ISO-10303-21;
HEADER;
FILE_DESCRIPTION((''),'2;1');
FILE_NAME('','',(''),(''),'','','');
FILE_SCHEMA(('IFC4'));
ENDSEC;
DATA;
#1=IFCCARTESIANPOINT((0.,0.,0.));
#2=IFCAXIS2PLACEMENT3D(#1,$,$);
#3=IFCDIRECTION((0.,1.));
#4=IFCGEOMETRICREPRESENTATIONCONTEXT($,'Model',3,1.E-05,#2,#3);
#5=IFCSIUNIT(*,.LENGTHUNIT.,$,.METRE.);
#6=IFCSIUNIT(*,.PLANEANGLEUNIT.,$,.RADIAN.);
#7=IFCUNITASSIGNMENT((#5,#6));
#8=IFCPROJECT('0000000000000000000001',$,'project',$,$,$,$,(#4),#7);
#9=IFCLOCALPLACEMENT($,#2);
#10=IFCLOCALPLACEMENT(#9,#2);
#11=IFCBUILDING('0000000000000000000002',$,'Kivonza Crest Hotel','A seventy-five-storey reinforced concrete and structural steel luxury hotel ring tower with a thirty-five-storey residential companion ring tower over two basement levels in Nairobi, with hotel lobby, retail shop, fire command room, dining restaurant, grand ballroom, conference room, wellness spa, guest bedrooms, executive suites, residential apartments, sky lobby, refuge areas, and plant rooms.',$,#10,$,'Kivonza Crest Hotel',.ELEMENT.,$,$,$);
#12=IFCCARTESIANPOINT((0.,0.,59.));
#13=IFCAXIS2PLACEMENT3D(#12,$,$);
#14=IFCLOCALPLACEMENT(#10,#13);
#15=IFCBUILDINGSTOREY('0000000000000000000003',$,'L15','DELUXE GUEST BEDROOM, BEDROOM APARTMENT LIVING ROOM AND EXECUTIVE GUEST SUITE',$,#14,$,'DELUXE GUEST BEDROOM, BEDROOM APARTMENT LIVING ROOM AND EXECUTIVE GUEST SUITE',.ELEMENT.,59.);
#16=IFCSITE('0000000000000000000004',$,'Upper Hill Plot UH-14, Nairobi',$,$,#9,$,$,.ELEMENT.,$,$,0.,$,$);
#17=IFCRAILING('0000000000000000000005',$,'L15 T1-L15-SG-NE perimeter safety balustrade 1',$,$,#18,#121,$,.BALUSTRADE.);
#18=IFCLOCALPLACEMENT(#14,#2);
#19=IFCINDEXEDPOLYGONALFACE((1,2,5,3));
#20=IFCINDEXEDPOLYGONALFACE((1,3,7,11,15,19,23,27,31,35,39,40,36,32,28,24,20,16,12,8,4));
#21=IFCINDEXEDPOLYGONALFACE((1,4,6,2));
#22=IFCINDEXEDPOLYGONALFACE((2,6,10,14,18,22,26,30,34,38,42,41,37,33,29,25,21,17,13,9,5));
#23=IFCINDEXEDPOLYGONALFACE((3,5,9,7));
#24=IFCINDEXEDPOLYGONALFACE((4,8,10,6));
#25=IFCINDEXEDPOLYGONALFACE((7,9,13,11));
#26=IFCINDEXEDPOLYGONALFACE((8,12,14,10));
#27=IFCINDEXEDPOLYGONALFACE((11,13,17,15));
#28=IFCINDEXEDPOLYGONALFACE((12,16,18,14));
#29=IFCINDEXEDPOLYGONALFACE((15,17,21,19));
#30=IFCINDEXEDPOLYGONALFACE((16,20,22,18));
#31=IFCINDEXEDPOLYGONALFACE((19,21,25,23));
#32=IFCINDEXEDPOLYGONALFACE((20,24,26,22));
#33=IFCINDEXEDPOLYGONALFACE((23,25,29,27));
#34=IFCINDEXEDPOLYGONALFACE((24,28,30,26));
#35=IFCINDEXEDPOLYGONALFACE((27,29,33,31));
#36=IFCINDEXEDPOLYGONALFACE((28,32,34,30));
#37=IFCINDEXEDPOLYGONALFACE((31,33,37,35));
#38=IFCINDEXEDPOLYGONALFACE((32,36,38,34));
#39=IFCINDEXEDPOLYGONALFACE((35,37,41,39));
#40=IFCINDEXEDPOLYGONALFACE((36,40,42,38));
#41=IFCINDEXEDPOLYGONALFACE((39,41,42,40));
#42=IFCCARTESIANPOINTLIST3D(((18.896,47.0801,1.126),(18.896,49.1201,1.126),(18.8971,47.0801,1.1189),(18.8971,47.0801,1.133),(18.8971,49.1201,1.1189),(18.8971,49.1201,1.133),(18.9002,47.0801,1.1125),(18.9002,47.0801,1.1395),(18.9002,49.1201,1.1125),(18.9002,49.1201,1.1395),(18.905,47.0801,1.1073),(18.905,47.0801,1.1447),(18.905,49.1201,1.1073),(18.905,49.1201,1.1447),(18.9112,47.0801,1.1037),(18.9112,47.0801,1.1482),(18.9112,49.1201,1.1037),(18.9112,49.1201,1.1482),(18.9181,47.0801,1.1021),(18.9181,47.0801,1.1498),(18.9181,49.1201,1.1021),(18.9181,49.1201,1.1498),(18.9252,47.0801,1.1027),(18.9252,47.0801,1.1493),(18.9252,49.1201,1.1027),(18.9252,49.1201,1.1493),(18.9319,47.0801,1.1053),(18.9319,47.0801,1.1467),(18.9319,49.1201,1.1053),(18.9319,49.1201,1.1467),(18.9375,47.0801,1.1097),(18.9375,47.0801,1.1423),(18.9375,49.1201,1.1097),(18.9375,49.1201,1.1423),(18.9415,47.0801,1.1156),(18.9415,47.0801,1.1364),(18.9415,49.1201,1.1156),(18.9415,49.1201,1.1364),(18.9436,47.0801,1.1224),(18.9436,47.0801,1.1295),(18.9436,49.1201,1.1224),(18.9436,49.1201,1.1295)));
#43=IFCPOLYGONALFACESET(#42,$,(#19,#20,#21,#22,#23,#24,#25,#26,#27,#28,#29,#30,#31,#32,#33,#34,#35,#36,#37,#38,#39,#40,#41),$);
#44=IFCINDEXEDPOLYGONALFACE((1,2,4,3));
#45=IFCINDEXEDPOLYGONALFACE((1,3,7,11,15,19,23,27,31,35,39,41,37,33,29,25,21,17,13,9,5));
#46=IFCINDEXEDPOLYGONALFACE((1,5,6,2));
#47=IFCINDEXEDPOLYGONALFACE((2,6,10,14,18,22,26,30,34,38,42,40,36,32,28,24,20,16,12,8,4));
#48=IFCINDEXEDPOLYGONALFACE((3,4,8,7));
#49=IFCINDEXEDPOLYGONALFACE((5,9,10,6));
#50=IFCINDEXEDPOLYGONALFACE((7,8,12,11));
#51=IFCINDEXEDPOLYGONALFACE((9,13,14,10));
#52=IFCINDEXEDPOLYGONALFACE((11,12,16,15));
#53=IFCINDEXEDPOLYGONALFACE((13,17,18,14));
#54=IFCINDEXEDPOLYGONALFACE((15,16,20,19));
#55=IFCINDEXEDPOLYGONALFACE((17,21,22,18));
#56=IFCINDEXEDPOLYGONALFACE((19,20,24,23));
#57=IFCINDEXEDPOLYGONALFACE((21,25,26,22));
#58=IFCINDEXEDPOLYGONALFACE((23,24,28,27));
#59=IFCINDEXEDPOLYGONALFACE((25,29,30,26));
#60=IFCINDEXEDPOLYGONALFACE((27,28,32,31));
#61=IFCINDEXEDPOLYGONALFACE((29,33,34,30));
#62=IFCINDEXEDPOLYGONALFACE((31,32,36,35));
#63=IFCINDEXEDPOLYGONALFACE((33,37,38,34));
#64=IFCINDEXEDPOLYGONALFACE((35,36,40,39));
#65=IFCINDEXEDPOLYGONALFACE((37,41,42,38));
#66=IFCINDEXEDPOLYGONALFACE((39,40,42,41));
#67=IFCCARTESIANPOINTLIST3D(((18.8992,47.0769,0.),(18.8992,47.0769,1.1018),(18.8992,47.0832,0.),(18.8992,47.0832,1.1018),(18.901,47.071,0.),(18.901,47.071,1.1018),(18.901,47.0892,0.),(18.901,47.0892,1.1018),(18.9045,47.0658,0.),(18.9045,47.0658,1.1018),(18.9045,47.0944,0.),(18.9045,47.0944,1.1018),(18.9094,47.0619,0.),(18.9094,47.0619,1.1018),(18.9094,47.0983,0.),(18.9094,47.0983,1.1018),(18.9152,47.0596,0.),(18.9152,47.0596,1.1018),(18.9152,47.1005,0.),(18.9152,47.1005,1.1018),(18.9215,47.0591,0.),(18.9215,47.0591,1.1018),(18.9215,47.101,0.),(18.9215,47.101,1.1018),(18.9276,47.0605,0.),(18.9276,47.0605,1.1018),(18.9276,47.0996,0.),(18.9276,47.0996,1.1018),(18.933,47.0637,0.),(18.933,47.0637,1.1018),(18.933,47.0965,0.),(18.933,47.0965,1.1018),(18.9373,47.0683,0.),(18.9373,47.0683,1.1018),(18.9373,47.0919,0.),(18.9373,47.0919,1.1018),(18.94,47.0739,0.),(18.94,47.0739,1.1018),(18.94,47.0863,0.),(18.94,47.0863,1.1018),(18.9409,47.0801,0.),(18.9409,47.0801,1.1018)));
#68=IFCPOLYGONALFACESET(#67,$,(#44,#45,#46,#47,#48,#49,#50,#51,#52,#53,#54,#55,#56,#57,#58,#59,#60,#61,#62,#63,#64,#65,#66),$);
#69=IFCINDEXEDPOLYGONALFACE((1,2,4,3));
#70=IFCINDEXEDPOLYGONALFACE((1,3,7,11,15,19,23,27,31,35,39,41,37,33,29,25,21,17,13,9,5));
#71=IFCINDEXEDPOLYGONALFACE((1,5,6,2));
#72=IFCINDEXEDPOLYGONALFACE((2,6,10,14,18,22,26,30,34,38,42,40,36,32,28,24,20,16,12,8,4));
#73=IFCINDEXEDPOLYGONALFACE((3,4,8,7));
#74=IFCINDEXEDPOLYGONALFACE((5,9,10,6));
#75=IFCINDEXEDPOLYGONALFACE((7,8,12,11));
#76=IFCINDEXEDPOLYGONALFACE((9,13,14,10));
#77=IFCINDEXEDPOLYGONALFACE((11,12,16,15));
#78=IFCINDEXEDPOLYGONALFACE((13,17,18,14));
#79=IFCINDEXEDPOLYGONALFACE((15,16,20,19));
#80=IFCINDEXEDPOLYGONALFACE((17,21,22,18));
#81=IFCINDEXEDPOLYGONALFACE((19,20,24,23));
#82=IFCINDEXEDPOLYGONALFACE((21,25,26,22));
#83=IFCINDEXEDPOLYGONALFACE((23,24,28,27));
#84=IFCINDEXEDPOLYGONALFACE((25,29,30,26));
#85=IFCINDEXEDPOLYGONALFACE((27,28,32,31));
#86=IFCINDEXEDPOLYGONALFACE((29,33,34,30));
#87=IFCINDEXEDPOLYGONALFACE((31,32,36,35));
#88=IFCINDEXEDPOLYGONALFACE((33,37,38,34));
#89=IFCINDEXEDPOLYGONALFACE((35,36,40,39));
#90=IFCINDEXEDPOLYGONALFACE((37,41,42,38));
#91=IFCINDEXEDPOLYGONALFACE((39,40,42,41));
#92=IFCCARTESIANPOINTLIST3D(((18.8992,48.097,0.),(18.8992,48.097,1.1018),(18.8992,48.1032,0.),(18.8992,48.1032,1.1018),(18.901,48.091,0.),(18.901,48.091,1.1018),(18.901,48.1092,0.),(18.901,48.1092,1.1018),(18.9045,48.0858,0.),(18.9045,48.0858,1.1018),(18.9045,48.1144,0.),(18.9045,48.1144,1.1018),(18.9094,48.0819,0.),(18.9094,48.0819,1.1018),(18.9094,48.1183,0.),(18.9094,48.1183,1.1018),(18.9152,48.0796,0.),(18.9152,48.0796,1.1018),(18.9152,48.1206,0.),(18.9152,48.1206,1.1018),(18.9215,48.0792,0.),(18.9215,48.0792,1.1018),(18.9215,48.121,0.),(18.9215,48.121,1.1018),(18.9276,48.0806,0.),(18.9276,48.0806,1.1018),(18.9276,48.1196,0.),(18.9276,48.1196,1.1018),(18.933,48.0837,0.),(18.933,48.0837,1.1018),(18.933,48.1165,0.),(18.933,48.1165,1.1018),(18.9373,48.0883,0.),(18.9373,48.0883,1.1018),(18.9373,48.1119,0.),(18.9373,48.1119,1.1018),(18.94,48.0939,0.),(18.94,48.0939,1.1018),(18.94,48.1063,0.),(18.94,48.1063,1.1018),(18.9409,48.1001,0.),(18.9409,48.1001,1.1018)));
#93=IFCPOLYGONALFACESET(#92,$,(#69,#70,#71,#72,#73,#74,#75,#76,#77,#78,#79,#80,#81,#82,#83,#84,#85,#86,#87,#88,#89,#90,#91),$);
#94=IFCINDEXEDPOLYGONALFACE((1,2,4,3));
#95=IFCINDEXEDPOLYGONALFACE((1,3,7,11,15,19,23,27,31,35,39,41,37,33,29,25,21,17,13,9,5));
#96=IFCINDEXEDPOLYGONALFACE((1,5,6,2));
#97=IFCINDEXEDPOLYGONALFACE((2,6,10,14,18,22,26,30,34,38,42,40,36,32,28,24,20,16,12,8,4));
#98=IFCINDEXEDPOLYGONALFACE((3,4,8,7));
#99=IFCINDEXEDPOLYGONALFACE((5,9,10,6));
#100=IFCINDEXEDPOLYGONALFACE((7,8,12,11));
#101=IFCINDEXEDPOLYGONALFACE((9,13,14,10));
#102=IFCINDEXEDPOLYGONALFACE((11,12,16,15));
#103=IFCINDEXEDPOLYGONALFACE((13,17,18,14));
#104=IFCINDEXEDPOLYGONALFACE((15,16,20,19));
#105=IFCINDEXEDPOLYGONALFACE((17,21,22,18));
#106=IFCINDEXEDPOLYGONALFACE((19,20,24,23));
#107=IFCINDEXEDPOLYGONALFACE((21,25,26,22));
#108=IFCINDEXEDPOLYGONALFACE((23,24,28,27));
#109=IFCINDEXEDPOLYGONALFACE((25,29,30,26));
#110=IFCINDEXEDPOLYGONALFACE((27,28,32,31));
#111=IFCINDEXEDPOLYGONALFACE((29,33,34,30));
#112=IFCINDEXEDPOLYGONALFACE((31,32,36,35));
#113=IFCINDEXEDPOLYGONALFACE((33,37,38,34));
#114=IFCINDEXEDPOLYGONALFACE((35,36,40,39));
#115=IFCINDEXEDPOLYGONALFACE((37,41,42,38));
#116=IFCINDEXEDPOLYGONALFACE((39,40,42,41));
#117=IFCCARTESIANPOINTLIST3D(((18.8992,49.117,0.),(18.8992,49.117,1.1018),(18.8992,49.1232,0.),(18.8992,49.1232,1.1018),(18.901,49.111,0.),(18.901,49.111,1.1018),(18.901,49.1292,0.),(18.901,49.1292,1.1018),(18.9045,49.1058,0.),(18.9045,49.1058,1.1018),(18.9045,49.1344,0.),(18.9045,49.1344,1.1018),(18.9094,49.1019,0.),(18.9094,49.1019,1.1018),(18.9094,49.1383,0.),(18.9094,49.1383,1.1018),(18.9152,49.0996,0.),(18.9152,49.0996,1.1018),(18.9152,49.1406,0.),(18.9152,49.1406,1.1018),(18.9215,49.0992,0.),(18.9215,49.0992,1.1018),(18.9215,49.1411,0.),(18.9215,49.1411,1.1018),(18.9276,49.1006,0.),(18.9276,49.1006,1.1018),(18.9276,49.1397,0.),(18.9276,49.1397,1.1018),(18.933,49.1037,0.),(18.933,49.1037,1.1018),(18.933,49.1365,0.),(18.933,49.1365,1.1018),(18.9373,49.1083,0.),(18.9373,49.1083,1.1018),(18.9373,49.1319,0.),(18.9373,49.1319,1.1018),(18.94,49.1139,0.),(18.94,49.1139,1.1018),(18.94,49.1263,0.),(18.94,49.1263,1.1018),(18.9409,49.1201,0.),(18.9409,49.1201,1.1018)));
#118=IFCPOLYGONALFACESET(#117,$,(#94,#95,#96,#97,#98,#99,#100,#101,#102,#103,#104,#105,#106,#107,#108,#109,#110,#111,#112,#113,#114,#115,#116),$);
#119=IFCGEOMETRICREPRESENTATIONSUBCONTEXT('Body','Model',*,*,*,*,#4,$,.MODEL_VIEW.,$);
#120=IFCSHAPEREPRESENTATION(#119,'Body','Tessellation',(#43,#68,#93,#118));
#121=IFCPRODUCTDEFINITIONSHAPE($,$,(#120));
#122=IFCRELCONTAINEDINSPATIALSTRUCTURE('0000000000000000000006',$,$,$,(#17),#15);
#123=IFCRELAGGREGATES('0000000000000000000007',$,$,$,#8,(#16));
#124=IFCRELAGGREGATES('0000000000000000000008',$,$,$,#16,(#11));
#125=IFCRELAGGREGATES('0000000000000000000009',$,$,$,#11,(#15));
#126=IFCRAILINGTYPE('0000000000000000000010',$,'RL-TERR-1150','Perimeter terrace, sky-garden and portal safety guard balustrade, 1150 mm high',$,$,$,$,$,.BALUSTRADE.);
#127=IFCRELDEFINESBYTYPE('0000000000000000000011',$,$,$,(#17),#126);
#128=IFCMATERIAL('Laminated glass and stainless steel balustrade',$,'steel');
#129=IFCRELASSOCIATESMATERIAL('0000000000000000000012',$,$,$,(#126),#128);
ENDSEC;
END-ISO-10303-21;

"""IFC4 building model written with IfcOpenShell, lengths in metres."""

from ifc_helpers import new_model, si_unit, direction, frame, origin, origin_2d, place, context, subcontext, project, spatial, circle, extrude, material, type_object, element, save


model = new_model("IFC4")

# Units and contexts
model_context = context("Model", 3, precision=1e-05, world=origin(), true_north=direction((0.0, 1.0)))
body_context = subcontext(model_context, "Body", "Model", "MODEL_VIEW")
ifc_project = project(units=[si_unit("LENGTHUNIT", "METRE"), si_unit("PLANEANGLEUNIT", "RADIAN")], contexts=[model_context])

# Site, building, storey
site_placement = place(None, origin())
site = spatial("IfcSite", under=ifc_project, at=site_placement, Name="Upper Hill Plot UH-14, Nairobi", CompositionType="ELEMENT", RefElevation=0.0)
building_placement = place(site_placement, origin())
building = spatial("IfcBuilding", under=site, at=building_placement, Name="Kivonza Crest Hotel", Description="A seventy-five-storey reinforced concrete and structural steel luxury hotel ring tower with a thirty-five-storey residential companion ring tower over two basement levels in Nairobi, with hotel lobby, retail shop, fire command room, dining restaurant, grand ballroom, conference room, wellness spa, guest bedrooms, executive suites, residential apartments, sky lobby, refuge areas, and plant rooms.", LongName="Kivonza Crest Hotel", CompositionType="ELEMENT")
storey_placement = place(building_placement, frame((0.0, 0.0, 59.0)))
storey = spatial("IfcBuildingStorey", under=building, at=storey_placement, Name="L15", Description="DELUXE GUEST BEDROOM, BEDROOM APARTMENT LIVING ROOM AND EXECUTIVE GUEST SUITE", LongName="DELUXE GUEST BEDROOM, BEDROOM APARTMENT LIVING ROOM AND EXECUTIVE GUEST SUITE", CompositionType="ELEMENT", Elevation=59.0)

# Railing
ifc_material_1 = material(Name="Laminated glass and stainless steel balustrade", Category="steel")
railing_type = type_object("IfcRailingType", Name="RL-TERR-1150", Description="Perimeter terrace, sky-garden and portal safety guard balustrade, 1150 mm high", PredefinedType="BALUSTRADE", material=ifc_material_1)
railing_1_placement = place(storey_placement, frame((18.9199, 47.0801, 0.0)))
element("IfcRailing", 1, at=railing_1_placement, inside=storey, type_object=railing_type, Name="L15 T1-L15-SG-NE perimeter safety balustrade 1", PredefinedType="BALUSTRADE", context=body_context, shape_type="SweptSolid", body=[
    extrude(circle(Radius=0.0239, at=origin_2d()), frame((0.0, 0.0, 1.126), z_axis=(0.0, 1.0, 0.0), x_axis=(-1.0, 0.0, 0.0)), (0.0, 0.0, 1.0), 2.04),
    extrude(circle(Radius=0.021, at=origin_2d()), origin(), (0.0, 0.0, 1.0), 1.1018),
    extrude(circle(Radius=0.021, at=origin_2d()), frame((0.0, 1.02, 0.0)), (0.0, 0.0, 1.0), 1.1018),
    extrude(circle(Radius=0.021, at=origin_2d()), frame((0.0, 2.04, 0.0)), (0.0, 0.0, 1.0), 1.1018),
])

save(model, "model.ifc")
